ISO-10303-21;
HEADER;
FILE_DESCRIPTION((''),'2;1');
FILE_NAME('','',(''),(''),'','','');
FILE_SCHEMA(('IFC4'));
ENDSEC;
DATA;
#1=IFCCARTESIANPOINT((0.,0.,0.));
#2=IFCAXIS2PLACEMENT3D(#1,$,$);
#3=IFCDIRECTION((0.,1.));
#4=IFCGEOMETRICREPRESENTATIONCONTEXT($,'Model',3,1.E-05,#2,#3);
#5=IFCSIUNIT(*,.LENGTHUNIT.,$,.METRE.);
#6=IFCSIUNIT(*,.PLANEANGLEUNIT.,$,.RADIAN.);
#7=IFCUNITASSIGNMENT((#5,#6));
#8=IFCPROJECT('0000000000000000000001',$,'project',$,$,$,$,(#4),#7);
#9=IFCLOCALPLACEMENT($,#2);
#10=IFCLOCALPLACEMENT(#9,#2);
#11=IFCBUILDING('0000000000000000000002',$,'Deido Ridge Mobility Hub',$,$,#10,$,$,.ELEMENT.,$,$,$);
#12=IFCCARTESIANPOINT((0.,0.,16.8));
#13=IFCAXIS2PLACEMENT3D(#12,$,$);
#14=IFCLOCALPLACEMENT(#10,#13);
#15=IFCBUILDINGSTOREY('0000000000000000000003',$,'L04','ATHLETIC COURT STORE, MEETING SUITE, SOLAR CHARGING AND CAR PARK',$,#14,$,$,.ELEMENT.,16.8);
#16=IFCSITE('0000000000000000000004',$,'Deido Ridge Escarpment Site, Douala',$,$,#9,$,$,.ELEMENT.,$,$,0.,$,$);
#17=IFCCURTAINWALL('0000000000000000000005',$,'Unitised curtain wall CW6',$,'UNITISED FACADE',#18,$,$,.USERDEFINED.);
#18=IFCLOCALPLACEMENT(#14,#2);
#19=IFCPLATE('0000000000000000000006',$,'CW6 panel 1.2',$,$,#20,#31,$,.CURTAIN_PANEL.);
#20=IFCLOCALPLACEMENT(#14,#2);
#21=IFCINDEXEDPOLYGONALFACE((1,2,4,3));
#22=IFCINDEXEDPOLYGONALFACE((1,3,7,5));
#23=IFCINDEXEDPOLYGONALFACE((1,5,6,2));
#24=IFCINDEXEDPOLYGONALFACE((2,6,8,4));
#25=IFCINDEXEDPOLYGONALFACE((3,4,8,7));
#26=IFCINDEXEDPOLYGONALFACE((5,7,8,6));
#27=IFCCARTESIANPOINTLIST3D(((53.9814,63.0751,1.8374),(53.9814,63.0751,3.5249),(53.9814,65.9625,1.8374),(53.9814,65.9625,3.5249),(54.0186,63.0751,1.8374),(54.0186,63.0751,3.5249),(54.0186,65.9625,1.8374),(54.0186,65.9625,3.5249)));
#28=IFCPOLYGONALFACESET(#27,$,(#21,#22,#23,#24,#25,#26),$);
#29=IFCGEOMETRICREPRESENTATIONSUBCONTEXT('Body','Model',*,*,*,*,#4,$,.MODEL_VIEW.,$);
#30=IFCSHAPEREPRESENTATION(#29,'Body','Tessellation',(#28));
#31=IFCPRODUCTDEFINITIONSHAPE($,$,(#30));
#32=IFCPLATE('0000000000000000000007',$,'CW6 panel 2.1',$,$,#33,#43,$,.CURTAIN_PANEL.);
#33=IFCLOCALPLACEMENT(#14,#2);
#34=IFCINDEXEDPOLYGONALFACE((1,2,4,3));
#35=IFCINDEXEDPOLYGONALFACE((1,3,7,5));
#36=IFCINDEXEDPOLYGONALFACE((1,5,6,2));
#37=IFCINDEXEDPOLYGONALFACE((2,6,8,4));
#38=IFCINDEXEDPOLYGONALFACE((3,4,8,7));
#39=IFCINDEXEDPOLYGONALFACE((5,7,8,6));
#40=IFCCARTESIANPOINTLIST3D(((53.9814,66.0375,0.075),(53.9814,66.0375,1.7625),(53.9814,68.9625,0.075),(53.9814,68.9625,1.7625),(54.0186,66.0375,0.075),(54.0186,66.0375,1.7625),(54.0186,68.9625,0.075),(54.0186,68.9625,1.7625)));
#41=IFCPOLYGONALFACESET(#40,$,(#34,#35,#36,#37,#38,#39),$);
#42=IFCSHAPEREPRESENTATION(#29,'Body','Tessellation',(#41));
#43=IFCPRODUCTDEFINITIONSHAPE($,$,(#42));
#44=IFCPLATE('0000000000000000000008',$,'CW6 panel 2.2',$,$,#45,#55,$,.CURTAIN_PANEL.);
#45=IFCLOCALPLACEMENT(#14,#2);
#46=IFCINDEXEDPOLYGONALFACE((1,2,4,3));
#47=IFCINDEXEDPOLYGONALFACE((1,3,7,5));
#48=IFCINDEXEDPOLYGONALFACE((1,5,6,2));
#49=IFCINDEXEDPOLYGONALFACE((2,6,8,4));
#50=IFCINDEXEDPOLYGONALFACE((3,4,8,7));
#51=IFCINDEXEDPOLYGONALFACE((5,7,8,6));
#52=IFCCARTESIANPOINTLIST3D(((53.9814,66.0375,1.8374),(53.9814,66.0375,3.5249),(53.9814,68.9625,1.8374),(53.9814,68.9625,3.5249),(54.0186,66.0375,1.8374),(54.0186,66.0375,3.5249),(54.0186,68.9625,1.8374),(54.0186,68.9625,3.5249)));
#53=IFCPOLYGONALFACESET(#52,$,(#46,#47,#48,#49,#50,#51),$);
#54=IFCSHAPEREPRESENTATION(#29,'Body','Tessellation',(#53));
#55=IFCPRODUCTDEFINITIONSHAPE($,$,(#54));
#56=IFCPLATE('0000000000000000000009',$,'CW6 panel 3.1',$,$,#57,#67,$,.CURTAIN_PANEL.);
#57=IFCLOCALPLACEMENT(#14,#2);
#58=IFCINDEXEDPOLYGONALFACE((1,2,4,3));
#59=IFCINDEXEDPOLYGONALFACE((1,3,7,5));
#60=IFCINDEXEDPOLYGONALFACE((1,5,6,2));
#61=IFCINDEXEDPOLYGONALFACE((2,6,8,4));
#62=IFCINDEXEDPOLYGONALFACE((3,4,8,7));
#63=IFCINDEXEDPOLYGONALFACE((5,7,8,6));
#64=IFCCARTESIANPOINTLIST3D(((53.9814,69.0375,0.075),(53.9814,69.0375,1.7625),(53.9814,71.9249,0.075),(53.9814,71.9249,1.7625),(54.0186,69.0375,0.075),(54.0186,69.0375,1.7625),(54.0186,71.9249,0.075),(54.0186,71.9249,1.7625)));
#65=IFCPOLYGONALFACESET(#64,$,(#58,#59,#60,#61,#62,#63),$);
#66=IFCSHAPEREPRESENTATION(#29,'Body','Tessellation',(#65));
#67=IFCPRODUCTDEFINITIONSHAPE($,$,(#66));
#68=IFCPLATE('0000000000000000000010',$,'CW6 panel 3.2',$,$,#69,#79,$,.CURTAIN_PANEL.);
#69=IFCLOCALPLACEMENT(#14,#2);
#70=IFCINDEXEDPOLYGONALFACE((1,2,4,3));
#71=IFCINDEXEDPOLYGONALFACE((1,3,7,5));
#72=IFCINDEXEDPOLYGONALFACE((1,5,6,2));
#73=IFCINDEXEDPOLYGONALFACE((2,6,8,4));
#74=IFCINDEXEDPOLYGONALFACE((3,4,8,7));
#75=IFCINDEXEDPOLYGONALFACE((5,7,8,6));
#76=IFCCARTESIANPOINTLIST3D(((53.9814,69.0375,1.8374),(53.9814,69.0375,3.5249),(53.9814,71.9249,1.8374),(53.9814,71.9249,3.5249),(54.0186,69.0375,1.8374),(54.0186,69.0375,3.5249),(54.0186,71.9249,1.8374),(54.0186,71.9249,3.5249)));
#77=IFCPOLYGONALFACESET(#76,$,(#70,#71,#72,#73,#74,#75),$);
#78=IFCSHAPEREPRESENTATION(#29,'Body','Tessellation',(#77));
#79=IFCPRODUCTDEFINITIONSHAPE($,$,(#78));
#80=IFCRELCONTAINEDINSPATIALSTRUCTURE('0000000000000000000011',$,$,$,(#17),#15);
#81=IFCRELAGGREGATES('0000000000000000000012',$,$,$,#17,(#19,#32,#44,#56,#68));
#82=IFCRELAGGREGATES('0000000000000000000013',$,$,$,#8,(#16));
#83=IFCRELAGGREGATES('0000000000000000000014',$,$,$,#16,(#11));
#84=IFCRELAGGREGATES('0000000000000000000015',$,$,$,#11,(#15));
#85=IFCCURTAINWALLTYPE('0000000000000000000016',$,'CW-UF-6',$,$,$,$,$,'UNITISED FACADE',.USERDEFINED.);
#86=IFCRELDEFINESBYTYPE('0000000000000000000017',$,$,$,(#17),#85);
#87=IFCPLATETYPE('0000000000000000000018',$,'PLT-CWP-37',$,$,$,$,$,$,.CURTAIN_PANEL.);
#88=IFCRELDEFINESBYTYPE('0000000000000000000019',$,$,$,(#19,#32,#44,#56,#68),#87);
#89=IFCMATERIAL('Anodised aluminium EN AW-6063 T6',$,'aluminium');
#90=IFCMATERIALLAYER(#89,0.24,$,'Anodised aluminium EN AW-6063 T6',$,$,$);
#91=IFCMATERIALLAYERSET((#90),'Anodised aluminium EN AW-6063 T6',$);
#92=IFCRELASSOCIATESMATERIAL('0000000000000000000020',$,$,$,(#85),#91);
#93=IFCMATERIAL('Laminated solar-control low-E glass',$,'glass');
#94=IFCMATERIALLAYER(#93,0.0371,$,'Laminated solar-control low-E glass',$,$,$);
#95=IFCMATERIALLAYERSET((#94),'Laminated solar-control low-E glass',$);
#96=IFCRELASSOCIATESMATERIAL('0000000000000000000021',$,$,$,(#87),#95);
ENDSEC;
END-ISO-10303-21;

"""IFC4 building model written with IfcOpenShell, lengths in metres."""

from ifc_helpers import new_model, si_unit, direction, frame, origin, origin_2d, place, context, subcontext, project, spatial, rectangle, extrude, material, layer, layer_set, type_object, element, aggregate, save


model = new_model("IFC4")

# Units and contexts
model_context = context("Model", 3, precision=1e-05, world=origin(), true_north=direction((0.0, 1.0)))
body_context = subcontext(model_context, "Body", "Model", "MODEL_VIEW")
ifc_project = project(units=[si_unit("LENGTHUNIT", "METRE"), si_unit("PLANEANGLEUNIT", "RADIAN")], contexts=[model_context])

# Site, building, storey
site_placement = place(None, origin())
site = spatial("IfcSite", under=ifc_project, at=site_placement, Name="Deido Ridge Escarpment Site, Douala", CompositionType="ELEMENT", RefElevation=0.0)
building_placement = place(site_placement, origin())
building = spatial("IfcBuilding", under=site, at=building_placement, Name="Deido Ridge Mobility Hub", CompositionType="ELEMENT")
storey_placement = place(building_placement, frame((0.0, 0.0, 16.8)))
storey = spatial("IfcBuildingStorey", under=building, at=storey_placement, Name="L04", Description="ATHLETIC COURT STORE, MEETING SUITE, SOLAR CHARGING AND CAR PARK", CompositionType="ELEMENT", Elevation=16.8)

# Curtain wall
ifc_material_1 = material(Name="Anodised aluminium EN AW-6063 T6", Category="aluminium")
ifc_layer_1 = layer(ifc_material_1, 0.24, Name="Anodised aluminium EN AW-6063 T6")
ifc_layer_set_1 = layer_set([ifc_layer_1], Name="Anodised aluminium EN AW-6063 T6")
curtain_wall_type = type_object("IfcCurtainWallType", Name="CW-UF-6", ElementType="UNITISED FACADE", PredefinedType="USERDEFINED", material=ifc_layer_set_1)
curtain_wall_1_placement = place(storey_placement, origin())
curtain_wall_1 = element("IfcCurtainWall", 1, at=curtain_wall_1_placement, inside=storey, type_object=curtain_wall_type, Name="Unitised curtain wall CW6", ObjectType="UNITISED FACADE", PredefinedType="USERDEFINED")

# Plates
ifc_material_2 = material(Name="Laminated solar-control low-E glass", Category="glass")
ifc_layer_2 = layer(ifc_material_2, 0.0371, Name="Laminated solar-control low-E glass")
ifc_layer_set_2 = layer_set([ifc_layer_2], Name="Laminated solar-control low-E glass")
plate_type = type_object("IfcPlateType", Name="PLT-CWP-37", PredefinedType="CURTAIN_PANEL", material=ifc_layer_set_2)
plate_1_placement = place(storey_placement, frame((54.0, 64.5188, 1.8374), z_axis=(0.0, 0.0, 1.0), x_axis=(0.0, 1.0, 0.0)))
plate_1 = element("IfcPlate", 2, at=plate_1_placement, type_object=plate_type, Name="CW6 panel 1.2", PredefinedType="CURTAIN_PANEL", context=body_context, shape_type="SweptSolid", body=[
    extrude(rectangle(XDim=2.8875, YDim=0.0371, at=origin_2d()), origin(), (0.0, 0.0, 1.0), 1.6875),
])
plate_2_placement = place(storey_placement, frame((54.0, 67.5, 0.075), z_axis=(0.0, 0.0, 1.0), x_axis=(0.0, 1.0, 0.0)))
plate_2 = element("IfcPlate", 3, at=plate_2_placement, type_object=plate_type, Name="CW6 panel 2.1", PredefinedType="CURTAIN_PANEL", context=body_context, shape_type="SweptSolid", body=[
    extrude(rectangle(XDim=2.925, YDim=0.0371, at=origin_2d()), origin(), (0.0, 0.0, 1.0), 1.6875),
])
plate_3_placement = place(storey_placement, frame((54.0, 67.5, 1.8374), z_axis=(0.0, 0.0, 1.0), x_axis=(0.0, 1.0, 0.0)))
plate_3 = element("IfcPlate", 4, at=plate_3_placement, type_object=plate_type, Name="CW6 panel 2.2", PredefinedType="CURTAIN_PANEL", context=body_context, shape_type="SweptSolid", body=[
    extrude(rectangle(XDim=2.925, YDim=0.0371, at=origin_2d()), origin(), (0.0, 0.0, 1.0), 1.6875),
])
plate_4_placement = place(storey_placement, frame((54.0, 70.4812, 0.075), z_axis=(0.0, 0.0, 1.0), x_axis=(0.0, 1.0, 0.0)))
plate_4 = element("IfcPlate", 5, at=plate_4_placement, type_object=plate_type, Name="CW6 panel 3.1", PredefinedType="CURTAIN_PANEL", context=body_context, shape_type="SweptSolid", body=[
    extrude(rectangle(XDim=2.8875, YDim=0.0371, at=origin_2d()), origin(), (0.0, 0.0, 1.0), 1.6875),
])
plate_5_placement = place(storey_placement, frame((54.0, 70.4812, 1.8374), z_axis=(0.0, 0.0, 1.0), x_axis=(0.0, 1.0, 0.0)))
plate_5 = element("IfcPlate", 6, at=plate_5_placement, type_object=plate_type, Name="CW6 panel 3.2", PredefinedType="CURTAIN_PANEL", context=body_context, shape_type="SweptSolid", body=[
    extrude(rectangle(XDim=2.8875, YDim=0.0371, at=origin_2d()), origin(), (0.0, 0.0, 1.0), 1.6875),
])
aggregate(curtain_wall_1, [plate_1, plate_2, plate_3, plate_4, plate_5])

save(model, "model.ifc")
